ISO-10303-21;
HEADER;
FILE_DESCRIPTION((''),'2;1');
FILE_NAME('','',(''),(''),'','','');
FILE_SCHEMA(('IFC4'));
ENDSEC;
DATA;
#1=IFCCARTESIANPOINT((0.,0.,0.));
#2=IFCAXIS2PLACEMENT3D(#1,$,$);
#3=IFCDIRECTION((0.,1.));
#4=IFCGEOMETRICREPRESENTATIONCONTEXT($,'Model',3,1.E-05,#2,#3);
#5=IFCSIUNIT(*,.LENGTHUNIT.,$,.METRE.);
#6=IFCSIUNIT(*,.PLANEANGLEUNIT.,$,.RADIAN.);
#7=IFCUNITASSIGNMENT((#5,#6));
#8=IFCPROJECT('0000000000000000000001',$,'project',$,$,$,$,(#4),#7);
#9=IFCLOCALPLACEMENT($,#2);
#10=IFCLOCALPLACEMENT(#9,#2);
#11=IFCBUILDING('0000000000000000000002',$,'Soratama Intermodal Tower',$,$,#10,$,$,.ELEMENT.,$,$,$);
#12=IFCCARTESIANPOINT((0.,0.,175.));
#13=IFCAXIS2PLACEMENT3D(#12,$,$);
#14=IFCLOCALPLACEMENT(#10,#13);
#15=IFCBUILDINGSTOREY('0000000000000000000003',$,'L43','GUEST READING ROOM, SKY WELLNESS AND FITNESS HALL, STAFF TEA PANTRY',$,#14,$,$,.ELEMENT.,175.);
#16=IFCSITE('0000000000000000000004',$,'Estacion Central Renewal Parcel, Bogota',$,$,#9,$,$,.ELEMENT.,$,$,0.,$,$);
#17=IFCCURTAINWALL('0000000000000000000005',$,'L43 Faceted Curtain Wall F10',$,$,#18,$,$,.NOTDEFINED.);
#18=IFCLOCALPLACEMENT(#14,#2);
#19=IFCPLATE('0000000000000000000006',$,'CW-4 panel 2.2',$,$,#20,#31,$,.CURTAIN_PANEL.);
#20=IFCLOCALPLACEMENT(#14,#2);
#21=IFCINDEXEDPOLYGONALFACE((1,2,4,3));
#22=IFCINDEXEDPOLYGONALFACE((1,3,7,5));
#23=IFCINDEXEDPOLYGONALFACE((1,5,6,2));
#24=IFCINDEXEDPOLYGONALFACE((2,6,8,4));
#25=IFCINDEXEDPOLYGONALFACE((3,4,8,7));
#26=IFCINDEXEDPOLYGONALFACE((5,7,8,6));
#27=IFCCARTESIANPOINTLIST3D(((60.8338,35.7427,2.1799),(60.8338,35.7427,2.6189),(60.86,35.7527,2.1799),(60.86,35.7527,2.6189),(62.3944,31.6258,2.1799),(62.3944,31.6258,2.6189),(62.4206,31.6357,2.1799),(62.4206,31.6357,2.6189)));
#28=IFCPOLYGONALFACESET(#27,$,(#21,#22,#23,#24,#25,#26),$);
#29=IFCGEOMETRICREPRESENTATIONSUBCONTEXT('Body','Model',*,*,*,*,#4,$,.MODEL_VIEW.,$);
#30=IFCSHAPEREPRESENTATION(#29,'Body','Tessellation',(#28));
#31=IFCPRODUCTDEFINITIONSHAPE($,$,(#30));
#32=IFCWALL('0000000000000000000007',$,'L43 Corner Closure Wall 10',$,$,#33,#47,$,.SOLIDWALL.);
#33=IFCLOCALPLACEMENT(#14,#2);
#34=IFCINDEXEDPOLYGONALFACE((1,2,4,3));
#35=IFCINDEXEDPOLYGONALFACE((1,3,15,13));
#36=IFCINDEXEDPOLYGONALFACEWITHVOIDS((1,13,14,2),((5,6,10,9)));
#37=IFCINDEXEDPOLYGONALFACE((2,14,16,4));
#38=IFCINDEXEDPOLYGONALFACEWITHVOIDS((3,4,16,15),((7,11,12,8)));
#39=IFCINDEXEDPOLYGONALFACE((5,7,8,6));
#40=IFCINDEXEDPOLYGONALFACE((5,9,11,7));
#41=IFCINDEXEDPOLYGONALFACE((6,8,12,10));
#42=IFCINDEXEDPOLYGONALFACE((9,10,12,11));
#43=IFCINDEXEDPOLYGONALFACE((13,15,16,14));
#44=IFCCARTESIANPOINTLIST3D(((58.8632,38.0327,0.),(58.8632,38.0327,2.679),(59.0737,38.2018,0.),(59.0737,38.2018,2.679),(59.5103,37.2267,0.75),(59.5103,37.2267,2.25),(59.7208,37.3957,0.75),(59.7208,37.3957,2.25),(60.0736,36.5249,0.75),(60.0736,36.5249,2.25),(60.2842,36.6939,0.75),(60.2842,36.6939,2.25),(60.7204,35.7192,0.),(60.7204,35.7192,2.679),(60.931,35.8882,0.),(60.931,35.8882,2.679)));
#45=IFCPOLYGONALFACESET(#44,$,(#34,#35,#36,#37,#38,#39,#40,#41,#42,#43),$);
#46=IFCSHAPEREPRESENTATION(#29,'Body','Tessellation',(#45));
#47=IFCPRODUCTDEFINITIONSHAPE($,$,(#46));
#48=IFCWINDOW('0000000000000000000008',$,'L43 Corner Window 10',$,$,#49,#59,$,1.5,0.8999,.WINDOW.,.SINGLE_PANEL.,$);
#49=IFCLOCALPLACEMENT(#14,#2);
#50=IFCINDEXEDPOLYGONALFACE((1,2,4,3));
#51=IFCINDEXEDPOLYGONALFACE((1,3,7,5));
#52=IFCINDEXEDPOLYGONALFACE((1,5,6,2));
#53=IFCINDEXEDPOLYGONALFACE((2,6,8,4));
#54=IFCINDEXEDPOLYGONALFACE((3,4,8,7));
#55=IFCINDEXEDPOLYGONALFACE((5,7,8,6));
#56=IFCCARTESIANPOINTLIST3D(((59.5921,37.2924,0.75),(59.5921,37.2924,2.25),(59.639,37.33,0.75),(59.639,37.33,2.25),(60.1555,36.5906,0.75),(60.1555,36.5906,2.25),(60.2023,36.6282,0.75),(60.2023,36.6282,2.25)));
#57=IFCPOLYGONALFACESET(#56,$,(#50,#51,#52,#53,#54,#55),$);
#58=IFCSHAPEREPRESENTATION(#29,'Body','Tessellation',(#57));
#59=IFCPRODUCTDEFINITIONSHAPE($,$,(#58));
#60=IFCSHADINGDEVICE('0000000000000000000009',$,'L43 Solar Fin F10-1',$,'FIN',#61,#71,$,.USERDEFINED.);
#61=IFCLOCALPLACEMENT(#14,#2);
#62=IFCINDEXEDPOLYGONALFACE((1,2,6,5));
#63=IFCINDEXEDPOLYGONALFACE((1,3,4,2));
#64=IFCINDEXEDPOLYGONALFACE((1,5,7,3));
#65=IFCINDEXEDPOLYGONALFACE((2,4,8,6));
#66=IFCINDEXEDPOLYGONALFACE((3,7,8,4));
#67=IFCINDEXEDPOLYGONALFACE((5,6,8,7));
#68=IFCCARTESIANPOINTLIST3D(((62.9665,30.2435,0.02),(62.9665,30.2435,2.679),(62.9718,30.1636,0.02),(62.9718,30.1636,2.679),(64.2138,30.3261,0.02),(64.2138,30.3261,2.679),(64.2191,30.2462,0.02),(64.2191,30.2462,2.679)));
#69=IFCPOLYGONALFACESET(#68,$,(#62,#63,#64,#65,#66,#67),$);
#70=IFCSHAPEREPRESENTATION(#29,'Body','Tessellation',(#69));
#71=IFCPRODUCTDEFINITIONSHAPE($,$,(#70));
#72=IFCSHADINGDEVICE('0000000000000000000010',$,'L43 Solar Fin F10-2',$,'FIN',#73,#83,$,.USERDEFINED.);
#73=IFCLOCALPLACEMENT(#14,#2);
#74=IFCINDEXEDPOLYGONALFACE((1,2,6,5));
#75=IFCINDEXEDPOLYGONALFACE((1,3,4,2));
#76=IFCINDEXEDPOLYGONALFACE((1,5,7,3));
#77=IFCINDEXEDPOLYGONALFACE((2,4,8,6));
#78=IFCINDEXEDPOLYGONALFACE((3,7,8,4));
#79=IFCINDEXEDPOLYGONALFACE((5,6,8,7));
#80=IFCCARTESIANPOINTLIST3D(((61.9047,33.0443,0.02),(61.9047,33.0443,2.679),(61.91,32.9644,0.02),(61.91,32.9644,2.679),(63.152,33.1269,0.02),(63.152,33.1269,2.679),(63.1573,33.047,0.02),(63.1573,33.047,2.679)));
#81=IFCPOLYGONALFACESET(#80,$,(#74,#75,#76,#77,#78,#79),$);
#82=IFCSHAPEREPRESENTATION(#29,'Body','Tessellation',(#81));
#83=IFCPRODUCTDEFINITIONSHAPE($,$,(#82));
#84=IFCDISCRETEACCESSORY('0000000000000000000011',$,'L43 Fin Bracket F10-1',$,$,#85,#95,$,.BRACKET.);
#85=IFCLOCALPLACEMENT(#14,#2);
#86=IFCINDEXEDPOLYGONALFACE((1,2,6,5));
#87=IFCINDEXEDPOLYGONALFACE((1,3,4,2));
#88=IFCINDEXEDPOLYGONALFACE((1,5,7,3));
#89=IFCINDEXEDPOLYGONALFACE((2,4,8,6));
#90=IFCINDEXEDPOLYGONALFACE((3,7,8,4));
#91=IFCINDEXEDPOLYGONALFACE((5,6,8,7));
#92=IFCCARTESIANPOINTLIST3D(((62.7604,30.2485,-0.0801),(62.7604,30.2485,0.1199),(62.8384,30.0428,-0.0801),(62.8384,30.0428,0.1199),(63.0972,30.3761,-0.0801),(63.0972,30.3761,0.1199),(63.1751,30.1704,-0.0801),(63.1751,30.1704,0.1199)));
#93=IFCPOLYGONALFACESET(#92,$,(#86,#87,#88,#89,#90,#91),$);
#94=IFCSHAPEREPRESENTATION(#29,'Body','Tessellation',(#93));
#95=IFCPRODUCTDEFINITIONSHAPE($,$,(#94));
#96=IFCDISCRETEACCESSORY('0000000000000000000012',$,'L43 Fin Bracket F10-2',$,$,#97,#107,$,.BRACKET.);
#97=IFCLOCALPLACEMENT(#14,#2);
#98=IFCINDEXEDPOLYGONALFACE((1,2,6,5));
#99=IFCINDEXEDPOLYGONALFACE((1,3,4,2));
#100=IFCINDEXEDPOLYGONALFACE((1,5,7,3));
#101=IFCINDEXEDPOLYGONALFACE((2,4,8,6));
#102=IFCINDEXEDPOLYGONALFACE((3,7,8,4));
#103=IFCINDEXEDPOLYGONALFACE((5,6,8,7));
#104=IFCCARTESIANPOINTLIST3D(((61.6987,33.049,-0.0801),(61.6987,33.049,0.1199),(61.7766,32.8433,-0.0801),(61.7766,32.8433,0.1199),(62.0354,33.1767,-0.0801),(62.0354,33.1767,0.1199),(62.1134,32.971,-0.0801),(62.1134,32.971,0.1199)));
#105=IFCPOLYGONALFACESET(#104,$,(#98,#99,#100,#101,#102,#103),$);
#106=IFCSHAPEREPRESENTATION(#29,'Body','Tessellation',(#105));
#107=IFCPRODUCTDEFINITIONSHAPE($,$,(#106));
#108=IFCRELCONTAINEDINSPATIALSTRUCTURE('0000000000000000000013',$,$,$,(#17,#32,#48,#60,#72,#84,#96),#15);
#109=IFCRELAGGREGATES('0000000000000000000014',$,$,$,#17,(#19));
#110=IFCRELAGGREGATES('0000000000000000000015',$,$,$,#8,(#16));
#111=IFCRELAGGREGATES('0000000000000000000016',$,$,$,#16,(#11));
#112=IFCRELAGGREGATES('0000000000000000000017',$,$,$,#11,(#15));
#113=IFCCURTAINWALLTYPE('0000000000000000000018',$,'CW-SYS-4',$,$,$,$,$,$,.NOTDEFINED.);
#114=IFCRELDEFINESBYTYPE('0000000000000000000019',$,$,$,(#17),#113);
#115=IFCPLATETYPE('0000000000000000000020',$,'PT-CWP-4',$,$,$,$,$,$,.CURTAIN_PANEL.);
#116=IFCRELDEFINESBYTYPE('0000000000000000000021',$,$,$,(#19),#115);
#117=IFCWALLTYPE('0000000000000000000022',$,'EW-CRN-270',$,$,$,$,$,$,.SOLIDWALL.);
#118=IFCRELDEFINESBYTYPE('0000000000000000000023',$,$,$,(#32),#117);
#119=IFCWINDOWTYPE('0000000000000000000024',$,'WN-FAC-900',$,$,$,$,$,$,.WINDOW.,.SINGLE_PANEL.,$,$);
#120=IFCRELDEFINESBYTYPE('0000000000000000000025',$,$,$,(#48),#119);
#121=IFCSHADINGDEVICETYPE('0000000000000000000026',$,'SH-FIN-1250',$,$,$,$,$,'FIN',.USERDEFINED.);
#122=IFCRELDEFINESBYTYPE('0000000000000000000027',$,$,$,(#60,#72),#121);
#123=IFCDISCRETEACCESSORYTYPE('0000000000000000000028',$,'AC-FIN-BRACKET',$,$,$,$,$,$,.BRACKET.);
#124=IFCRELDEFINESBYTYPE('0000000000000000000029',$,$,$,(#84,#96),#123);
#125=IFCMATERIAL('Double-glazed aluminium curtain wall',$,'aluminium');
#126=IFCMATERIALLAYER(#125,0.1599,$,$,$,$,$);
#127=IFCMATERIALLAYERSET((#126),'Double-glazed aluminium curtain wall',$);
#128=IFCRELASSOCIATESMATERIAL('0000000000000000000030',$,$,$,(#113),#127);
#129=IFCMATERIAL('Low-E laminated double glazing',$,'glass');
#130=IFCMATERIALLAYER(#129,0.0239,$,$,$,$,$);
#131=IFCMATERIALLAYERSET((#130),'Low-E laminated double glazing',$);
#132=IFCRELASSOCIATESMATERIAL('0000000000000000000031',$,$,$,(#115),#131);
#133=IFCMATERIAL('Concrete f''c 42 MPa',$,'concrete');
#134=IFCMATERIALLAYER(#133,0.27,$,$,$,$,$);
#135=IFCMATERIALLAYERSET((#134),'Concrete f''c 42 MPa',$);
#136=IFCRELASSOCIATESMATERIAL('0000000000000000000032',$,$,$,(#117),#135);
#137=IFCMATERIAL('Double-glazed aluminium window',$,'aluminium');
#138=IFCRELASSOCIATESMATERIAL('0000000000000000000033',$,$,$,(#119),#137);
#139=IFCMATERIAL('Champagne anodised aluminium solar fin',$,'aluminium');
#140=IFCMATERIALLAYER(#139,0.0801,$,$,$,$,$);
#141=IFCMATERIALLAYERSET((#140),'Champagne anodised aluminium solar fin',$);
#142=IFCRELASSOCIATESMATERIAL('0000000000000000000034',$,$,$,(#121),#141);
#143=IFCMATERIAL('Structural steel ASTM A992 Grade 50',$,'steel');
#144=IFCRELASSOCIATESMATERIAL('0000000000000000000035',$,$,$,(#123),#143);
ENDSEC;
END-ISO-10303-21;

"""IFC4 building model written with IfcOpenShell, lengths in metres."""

from ifc_helpers import new_model, si_unit, direction, frame, frame_2d, origin, origin_2d, place, context, subcontext, project, spatial, rectangle, extrude, material, layer, layer_set, type_object, element, fill, aggregate, save


model = new_model("IFC4")

# Units and contexts
model_context = context("Model", 3, precision=1e-05, world=origin(), true_north=direction((0.0, 1.0)))
body_context = subcontext(model_context, "Body", "Model", "MODEL_VIEW")
ifc_project = project(units=[si_unit("LENGTHUNIT", "METRE"), si_unit("PLANEANGLEUNIT", "RADIAN")], contexts=[model_context])

# Site, building, storey
site_placement = place(None, origin())
site = spatial("IfcSite", under=ifc_project, at=site_placement, Name="Estacion Central Renewal Parcel, Bogota", CompositionType="ELEMENT", RefElevation=0.0)
building_placement = place(site_placement, origin())
building = spatial("IfcBuilding", under=site, at=building_placement, Name="Soratama Intermodal Tower", CompositionType="ELEMENT")
storey_placement = place(building_placement, frame((0.0, 0.0, 175.0)))
storey = spatial("IfcBuildingStorey", under=building, at=storey_placement, Name="L43", Description="GUEST READING ROOM, SKY WELLNESS AND FITNESS HALL, STAFF TEA PANTRY", CompositionType="ELEMENT", Elevation=175.0)

# Shared definitions
ifc_material_1 = material(Name="Double-glazed aluminium curtain wall", Category="aluminium")
ifc_layer_1 = layer(ifc_material_1, 0.1599)
ifc_layer_set_1 = layer_set([ifc_layer_1], Name="Double-glazed aluminium curtain wall")
curtain_wall_type = type_object("IfcCurtainWallType", Name="CW-SYS-4", PredefinedType="NOTDEFINED", material=ifc_layer_set_1)

# Curtain wall
curtain_wall_1_placement = place(storey_placement, origin())
curtain_wall_1 = element("IfcCurtainWall", 1, at=curtain_wall_1_placement, inside=storey, type_object=curtain_wall_type, Name="L43 Faceted Curtain Wall F10", PredefinedType="NOTDEFINED")

# Plate
ifc_material_2 = material(Name="Low-E laminated double glazing", Category="glass")
ifc_layer_2 = layer(ifc_material_2, 0.0239)
ifc_layer_set_2 = layer_set([ifc_layer_2], Name="Low-E laminated double glazing")
plate_type = type_object("IfcPlateType", Name="PT-CWP-4", PredefinedType="CURTAIN_PANEL", material=ifc_layer_set_2)
plate_1_placement = place(storey_placement, frame((61.6272, 33.6892, 2.1799), z_axis=(0.0, 0.0, 1.0), x_axis=(-0.354462, 0.935071, 0.0)))
plate_1 = element("IfcPlate", 2, at=plate_1_placement, type_object=plate_type, Name="CW-4 panel 2.2", PredefinedType="CURTAIN_PANEL", context=body_context, shape_type="SweptSolid", body=[
    extrude(rectangle(XDim=4.4028, YDim=0.0281, at=origin_2d()), origin(), (0.0, 0.0, 1.0), 0.439),
])
aggregate(curtain_wall_1, [plate_1])

# Wall, opening, window
ifc_material_3 = material(Name="Concrete f'c 42 MPa", Category="concrete")
ifc_layer_3 = layer(ifc_material_3, 0.27)
ifc_layer_set_3 = layer_set([ifc_layer_3], Name="Concrete f'c 42 MPa")
wall_type = type_object("IfcWallType", Name="EW-CRN-270", PredefinedType="SOLIDWALL", material=ifc_layer_set_3)
wall_placement = place(storey_placement, frame((60.8257, 35.8037, 0.0), z_axis=(0.0, 0.0, 1.0), x_axis=(-0.626009, 0.779816, 0.0)))
wall = element("IfcWall", 3, at=wall_placement, inside=storey, type_object=wall_type, Name="L43 Corner Closure Wall 10", PredefinedType="SOLIDWALL", context=body_context, shape_type="SweptSolid", body=[
    extrude(rectangle(XDim=2.9668, YDim=0.27, at=frame_2d((1.4834, 0.0))), origin(), (0.0, 0.0, 1.0), 2.679),
])
opening_placement = place(wall_placement, frame((1.0332, 0.0, 0.75)))
opening = element("IfcOpeningElement", 4, at=opening_placement, cuts=wall, PredefinedType="OPENING", context=body_context, shape_type="SweptSolid", body=[
    extrude(rectangle(XDim=0.8999, YDim=1.5, at=frame_2d((0.45, 0.75))), frame((0.0, 0.145, 0.0), z_axis=(0.0, -1.0, 0.0), x_axis=(1.0, 0.0, 0.0)), (0.0, 0.0, 1.0), 0.29),
])
ifc_material_4 = material(Name="Double-glazed aluminium window", Category="aluminium")
window_type = type_object("IfcWindowType", Name="WN-FAC-900", PartitioningType="SINGLE_PANEL", PredefinedType="WINDOW", material=ifc_material_4)
window_placement = place(opening_placement, origin())
window = element("IfcWindow", 5, at=window_placement, inside=storey, type_object=window_type, Name="L43 Corner Window 10", OverallHeight=1.5, OverallWidth=0.8999, PartitioningType="SINGLE_PANEL", PredefinedType="WINDOW", context=body_context, shape_type="SweptSolid", body=[
    extrude(rectangle(XDim=0.8999, YDim=1.5, at=frame_2d((0.45, 0.75))), frame((0.0, 0.03, 0.0), z_axis=(0.0, -1.0, 0.0), x_axis=(1.0, 0.0, 0.0)), (0.0, 0.0, 1.0), 0.0601),
])
fill(opening, window)

# Shading devices
ifc_material_5 = material(Name="Champagne anodised aluminium solar fin", Category="aluminium")
ifc_layer_4 = layer(ifc_material_5, 0.0801)
ifc_layer_set_4 = layer_set([ifc_layer_4], Name="Champagne anodised aluminium solar fin")
shading_device_type = type_object("IfcShadingDeviceType", Name="SH-FIN-1250", ElementType="FIN", PredefinedType="USERDEFINED", material=ifc_layer_set_4)
for number, where, z_axis, x_axis, name in (
    (6, (63.5928, 30.2449, 0.02), (0.0, 0.0, 1.0), (0.997813, 0.0661, 0.0), "L43 Solar Fin F10-1"),
    (7, (62.531, 33.0457, 0.02), (0.0, 0.0, 1.0), (0.997813, 0.0661, 0.0), "L43 Solar Fin F10-2"),
):
    element("IfcShadingDevice", number, at=place(storey_placement, frame(where, z_axis=z_axis, x_axis=x_axis)), inside=storey, type_object=shading_device_type, Name=name, ObjectType="FIN", PredefinedType="USERDEFINED", context=body_context, shape_type="SweptSolid", body=[
        extrude(rectangle(XDim=1.25, YDim=0.0801, at=origin_2d()), origin(), (0.0, 0.0, 1.0), 2.6589),
    ])

# Discrete accessories
ifc_material_6 = material(Name="Structural steel ASTM A992 Grade 50", Category="steel")
discrete_accessory_type = type_object("IfcDiscreteAccessoryType", Name="AC-FIN-BRACKET", PredefinedType="BRACKET", material=ifc_material_6)
for number, where, z_axis, x_axis, name in (
    (8, (62.9678, 30.2095, -0.0801), (0.0, 0.0, 1.0), (0.935073, 0.354454, 0.0), "L43 Fin Bracket F10-1"),
    (9, (61.906, 33.01, -0.0801), (0.0, 0.0, 1.0), (0.935073, 0.354454, 0.0), "L43 Fin Bracket F10-2"),
):
    element("IfcDiscreteAccessory", number, at=place(storey_placement, frame(where, z_axis=z_axis, x_axis=x_axis)), inside=storey, type_object=discrete_accessory_type, Name=name, PredefinedType="BRACKET", context=body_context, shape_type="SweptSolid", body=[
        extrude(rectangle(XDim=0.3601, YDim=0.22, at=origin_2d()), origin(), (0.0, 0.0, 1.0), 0.2),
    ])

save(model, "model.ifc")
